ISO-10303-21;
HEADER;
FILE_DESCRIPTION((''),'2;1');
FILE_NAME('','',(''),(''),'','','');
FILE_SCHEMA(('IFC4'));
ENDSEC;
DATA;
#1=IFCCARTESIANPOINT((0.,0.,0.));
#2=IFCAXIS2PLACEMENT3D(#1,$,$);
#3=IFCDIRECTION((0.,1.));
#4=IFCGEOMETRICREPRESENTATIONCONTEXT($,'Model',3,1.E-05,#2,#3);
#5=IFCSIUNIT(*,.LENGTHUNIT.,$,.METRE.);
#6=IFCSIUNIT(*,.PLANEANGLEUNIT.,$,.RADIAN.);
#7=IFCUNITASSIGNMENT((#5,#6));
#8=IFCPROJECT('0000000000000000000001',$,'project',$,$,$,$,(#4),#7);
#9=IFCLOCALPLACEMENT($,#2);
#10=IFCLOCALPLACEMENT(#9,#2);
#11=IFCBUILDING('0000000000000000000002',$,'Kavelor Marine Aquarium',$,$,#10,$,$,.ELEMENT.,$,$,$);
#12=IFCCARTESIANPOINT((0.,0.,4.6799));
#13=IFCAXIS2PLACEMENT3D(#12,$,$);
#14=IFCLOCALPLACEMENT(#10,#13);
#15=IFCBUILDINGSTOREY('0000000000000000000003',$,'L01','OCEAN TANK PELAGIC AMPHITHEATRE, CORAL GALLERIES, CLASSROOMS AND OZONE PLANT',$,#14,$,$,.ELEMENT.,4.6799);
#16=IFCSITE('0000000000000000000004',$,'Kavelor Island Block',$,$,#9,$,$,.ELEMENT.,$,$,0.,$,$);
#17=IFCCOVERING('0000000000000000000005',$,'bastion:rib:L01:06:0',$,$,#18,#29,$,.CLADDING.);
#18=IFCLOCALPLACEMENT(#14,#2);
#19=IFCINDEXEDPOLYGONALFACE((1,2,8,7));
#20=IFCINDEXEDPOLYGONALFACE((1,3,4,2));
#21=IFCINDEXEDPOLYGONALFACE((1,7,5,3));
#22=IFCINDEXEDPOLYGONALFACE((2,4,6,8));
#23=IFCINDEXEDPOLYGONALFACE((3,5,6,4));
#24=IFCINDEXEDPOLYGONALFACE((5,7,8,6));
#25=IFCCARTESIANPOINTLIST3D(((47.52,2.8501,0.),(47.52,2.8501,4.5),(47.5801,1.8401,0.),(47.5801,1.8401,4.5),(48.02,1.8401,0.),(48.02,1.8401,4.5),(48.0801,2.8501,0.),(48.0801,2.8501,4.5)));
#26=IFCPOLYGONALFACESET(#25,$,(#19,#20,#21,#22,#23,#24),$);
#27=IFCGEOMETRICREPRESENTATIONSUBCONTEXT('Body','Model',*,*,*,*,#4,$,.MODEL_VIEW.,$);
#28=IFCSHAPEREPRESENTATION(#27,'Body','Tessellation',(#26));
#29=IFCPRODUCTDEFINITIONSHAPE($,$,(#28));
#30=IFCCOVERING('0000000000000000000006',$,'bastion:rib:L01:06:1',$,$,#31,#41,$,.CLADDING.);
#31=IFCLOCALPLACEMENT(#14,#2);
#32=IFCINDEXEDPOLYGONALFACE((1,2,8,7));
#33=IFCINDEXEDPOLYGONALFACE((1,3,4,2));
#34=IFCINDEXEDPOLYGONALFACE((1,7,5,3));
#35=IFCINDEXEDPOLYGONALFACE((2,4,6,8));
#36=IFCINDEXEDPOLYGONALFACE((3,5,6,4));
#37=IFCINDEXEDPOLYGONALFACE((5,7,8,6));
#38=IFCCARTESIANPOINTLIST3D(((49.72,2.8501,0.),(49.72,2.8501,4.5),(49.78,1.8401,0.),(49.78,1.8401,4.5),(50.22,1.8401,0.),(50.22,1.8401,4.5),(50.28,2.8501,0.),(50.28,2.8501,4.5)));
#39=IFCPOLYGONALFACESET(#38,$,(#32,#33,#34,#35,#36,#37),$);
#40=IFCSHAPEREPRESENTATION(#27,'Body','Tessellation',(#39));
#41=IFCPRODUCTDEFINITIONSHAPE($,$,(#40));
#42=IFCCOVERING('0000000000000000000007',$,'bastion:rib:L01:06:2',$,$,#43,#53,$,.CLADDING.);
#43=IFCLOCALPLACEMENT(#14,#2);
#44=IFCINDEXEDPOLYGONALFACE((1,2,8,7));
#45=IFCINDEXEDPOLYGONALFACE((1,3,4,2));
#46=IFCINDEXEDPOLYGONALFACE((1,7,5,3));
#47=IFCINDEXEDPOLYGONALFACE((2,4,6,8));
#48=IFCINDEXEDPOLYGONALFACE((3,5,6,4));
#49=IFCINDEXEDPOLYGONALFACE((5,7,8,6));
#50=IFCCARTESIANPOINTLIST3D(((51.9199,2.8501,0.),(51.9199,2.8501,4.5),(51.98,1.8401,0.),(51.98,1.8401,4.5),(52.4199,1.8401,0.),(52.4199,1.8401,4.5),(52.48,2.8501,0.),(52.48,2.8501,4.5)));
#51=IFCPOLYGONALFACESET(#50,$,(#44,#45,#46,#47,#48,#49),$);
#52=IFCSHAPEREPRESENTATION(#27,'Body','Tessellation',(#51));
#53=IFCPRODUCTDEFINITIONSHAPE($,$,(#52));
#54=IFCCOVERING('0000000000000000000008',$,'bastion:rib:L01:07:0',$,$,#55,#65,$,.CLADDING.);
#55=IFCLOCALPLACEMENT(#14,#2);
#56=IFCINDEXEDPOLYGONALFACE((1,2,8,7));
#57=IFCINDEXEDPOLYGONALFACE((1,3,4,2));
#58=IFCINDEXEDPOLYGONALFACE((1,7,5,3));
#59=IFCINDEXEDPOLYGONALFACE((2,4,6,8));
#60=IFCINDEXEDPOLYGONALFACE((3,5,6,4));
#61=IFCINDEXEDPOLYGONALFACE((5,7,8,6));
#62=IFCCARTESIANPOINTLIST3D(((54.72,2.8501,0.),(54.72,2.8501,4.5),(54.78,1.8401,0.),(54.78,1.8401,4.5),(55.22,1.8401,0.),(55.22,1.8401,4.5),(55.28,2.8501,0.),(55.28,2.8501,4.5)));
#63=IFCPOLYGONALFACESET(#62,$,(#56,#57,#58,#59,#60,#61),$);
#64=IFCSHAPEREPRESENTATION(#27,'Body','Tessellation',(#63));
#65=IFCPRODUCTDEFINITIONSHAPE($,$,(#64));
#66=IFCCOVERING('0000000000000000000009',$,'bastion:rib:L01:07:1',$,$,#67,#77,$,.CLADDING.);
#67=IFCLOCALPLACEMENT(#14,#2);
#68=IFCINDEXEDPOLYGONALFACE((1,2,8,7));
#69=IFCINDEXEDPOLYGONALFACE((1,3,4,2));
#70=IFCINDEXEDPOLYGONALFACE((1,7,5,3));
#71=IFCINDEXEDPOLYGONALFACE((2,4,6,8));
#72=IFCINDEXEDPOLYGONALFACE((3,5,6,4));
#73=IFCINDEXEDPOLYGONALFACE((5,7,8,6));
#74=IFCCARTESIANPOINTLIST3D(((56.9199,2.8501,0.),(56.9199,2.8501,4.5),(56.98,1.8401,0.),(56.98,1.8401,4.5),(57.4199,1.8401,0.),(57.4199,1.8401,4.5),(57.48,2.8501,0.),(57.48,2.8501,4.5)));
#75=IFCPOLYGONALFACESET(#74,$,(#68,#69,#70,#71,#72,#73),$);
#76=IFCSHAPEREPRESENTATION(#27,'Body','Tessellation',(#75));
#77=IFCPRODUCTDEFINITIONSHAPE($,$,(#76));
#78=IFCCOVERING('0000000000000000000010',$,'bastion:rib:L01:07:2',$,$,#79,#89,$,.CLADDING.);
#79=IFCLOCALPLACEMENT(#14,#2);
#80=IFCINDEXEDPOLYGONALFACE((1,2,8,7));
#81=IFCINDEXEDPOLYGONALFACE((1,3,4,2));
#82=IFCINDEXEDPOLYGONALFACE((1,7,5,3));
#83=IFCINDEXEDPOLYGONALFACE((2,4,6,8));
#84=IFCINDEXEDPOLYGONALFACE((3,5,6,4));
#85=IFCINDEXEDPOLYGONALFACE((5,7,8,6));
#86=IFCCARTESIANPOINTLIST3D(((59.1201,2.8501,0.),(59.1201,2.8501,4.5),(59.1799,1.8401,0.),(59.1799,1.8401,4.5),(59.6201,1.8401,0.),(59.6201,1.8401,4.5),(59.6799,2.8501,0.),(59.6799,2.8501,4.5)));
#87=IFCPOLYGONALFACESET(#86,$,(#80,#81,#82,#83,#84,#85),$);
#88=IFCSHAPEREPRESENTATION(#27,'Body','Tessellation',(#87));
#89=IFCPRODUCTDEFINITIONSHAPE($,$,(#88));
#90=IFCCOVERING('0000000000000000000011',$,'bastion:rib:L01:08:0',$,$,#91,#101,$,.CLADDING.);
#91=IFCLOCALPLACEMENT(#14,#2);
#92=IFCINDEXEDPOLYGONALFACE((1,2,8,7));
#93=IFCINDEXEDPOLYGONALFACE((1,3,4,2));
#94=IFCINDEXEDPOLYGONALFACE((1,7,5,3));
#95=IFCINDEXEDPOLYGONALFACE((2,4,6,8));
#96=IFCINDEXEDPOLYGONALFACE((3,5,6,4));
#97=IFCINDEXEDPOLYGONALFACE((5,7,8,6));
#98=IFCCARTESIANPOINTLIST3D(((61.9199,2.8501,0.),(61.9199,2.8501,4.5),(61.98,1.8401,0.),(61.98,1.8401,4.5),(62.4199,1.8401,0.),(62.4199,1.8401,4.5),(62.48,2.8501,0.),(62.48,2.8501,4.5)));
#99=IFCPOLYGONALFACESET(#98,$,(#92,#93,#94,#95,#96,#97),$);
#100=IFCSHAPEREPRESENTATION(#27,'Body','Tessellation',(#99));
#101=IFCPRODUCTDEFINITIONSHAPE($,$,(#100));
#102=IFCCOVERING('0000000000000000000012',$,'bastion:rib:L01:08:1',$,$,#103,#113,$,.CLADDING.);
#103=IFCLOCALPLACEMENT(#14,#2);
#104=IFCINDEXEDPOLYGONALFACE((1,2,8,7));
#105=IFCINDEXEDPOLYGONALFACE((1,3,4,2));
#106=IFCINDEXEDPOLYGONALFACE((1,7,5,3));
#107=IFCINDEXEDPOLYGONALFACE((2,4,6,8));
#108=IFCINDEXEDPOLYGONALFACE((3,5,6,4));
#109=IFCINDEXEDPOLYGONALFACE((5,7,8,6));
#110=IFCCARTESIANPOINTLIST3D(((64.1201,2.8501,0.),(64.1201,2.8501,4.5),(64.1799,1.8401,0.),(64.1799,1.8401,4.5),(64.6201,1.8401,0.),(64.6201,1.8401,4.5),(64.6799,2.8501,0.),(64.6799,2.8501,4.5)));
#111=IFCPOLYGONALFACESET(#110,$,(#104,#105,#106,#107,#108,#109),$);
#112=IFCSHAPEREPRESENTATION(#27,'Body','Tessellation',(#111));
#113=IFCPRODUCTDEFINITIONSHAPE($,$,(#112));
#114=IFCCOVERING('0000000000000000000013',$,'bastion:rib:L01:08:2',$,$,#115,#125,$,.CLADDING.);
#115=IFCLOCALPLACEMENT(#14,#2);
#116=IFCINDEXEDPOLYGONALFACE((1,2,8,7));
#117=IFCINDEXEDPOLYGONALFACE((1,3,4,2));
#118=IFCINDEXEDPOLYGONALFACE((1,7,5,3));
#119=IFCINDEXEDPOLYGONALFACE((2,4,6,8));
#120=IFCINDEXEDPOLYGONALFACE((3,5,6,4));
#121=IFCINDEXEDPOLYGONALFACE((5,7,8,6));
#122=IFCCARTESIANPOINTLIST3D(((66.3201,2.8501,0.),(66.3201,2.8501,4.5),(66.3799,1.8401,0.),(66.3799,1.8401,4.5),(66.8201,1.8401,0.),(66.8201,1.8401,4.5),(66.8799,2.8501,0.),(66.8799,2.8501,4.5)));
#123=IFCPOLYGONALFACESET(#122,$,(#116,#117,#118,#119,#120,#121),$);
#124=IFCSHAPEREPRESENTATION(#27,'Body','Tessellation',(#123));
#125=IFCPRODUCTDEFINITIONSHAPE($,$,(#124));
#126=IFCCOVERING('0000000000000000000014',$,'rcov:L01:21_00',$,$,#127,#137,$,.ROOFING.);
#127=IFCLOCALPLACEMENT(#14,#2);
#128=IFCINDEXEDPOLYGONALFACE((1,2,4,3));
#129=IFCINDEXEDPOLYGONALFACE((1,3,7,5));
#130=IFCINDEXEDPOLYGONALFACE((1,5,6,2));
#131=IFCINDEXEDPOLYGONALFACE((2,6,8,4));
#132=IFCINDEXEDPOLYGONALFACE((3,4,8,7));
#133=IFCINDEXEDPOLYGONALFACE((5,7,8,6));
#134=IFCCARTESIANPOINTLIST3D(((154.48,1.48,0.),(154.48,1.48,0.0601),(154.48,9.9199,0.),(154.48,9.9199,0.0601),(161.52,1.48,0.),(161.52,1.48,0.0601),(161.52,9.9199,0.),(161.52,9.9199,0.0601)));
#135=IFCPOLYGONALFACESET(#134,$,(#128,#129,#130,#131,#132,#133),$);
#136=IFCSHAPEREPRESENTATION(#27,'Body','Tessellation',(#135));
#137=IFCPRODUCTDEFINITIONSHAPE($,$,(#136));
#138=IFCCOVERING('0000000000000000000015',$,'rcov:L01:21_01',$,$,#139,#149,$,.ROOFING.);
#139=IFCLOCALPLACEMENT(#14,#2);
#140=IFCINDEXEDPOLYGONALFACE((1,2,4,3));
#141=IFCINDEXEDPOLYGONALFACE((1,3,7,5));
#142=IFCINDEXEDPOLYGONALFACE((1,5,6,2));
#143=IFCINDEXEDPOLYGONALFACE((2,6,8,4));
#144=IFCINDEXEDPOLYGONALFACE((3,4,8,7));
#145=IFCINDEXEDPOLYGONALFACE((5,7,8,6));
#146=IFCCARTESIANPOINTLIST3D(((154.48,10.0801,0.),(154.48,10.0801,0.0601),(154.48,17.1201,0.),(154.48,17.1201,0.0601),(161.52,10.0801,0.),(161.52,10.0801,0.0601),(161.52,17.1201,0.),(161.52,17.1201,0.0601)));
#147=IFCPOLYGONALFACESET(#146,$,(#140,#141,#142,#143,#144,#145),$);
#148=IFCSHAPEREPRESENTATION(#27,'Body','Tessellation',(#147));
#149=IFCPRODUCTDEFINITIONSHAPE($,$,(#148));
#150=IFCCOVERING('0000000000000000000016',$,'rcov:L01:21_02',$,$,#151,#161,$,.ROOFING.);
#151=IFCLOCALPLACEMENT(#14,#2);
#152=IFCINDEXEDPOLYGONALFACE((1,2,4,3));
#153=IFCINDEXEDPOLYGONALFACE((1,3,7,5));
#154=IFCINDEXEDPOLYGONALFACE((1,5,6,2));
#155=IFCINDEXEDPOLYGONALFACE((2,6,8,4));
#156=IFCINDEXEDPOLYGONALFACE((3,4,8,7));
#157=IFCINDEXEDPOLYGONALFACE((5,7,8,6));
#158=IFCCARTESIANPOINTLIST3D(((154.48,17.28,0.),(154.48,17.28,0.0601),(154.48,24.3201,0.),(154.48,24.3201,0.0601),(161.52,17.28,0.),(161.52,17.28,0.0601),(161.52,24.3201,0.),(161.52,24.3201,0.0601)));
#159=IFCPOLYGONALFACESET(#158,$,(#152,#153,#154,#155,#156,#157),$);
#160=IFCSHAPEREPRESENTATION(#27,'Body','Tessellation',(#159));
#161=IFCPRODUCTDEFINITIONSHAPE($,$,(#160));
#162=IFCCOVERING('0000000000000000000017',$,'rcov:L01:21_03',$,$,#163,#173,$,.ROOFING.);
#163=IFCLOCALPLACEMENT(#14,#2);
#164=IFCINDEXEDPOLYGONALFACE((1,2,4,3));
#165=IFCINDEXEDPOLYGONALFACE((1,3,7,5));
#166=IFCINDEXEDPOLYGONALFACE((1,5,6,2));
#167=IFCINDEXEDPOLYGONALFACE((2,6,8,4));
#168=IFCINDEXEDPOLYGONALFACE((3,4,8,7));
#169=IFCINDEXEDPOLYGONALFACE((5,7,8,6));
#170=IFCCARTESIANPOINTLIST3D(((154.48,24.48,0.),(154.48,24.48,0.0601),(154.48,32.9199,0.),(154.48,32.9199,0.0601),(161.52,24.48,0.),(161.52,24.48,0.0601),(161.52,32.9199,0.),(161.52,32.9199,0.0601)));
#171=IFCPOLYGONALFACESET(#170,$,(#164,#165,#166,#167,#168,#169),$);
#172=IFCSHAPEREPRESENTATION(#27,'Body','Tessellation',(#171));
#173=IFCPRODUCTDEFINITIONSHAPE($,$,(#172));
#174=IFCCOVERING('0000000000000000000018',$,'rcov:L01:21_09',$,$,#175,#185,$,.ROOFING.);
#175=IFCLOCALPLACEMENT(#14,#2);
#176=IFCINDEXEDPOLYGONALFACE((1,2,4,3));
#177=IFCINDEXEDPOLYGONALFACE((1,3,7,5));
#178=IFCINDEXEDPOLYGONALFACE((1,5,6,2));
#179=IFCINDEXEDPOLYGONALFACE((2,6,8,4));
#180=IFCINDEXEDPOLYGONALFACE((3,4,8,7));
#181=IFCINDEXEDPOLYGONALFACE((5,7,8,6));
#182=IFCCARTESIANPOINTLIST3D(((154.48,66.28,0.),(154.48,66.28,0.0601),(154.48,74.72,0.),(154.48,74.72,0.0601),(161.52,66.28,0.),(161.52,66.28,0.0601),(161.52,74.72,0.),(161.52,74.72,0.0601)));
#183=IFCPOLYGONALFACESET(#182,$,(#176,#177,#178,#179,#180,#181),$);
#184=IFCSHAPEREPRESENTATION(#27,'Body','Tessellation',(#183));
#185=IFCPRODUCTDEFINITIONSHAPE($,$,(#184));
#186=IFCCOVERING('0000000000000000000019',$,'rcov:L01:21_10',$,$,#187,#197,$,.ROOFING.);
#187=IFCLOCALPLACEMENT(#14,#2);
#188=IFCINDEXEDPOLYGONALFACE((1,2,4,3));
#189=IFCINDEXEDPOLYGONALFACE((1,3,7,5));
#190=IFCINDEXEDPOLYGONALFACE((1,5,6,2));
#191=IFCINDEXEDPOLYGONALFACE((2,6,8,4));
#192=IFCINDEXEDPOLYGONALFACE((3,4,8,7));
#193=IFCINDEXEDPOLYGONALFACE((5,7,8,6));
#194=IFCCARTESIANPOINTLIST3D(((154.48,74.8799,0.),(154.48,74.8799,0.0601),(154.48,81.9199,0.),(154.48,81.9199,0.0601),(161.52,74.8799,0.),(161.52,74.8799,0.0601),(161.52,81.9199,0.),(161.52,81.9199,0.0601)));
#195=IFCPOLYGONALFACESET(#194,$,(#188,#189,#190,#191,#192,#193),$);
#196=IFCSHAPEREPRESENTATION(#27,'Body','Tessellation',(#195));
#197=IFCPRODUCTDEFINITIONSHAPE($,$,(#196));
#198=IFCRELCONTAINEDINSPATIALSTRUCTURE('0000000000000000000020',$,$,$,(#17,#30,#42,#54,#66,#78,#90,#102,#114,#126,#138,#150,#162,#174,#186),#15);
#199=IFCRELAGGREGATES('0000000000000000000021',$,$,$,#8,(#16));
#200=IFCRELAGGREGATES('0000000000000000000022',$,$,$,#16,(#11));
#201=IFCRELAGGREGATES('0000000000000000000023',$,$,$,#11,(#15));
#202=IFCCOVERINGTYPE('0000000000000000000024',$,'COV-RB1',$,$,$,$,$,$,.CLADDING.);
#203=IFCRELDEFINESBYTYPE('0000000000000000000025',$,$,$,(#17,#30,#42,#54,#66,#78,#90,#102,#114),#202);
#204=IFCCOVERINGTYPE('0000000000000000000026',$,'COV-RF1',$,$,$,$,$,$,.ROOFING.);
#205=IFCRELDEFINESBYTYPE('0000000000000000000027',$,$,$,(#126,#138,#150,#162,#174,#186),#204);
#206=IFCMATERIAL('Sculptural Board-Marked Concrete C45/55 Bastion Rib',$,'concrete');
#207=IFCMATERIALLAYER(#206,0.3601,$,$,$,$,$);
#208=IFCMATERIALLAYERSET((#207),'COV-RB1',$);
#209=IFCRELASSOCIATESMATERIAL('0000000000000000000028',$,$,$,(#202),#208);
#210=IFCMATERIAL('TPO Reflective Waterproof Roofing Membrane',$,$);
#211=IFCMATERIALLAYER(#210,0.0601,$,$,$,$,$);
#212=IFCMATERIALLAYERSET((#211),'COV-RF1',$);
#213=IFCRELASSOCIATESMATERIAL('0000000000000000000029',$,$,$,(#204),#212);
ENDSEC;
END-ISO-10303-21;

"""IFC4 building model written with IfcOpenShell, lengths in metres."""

from ifc_helpers import new_model, si_unit, direction, frame, origin, place, context, subcontext, project, spatial, polyline, outline, extrude, material, layer, layer_set, type_object, element, save


model = new_model("IFC4")

# Units and contexts
model_context = context("Model", 3, precision=1e-05, world=origin(), true_north=direction((0.0, 1.0)))
body_context = subcontext(model_context, "Body", "Model", "MODEL_VIEW")
ifc_project = project(units=[si_unit("LENGTHUNIT", "METRE"), si_unit("PLANEANGLEUNIT", "RADIAN")], contexts=[model_context])

# Site, building, storey
site_placement = place(None, origin())
site = spatial("IfcSite", under=ifc_project, at=site_placement, Name="Kavelor Island Block", CompositionType="ELEMENT", RefElevation=0.0)
building_placement = place(site_placement, origin())
building = spatial("IfcBuilding", under=site, at=building_placement, Name="Kavelor Marine Aquarium", CompositionType="ELEMENT")
storey_placement = place(building_placement, frame((0.0, 0.0, 4.6799)))
storey = spatial("IfcBuildingStorey", under=building, at=storey_placement, Name="L01", Description="OCEAN TANK PELAGIC AMPHITHEATRE, CORAL GALLERIES, CLASSROOMS AND OZONE PLANT", CompositionType="ELEMENT", Elevation=4.6799)

# Coverings
ifc_material_1 = material(Name="Sculptural Board-Marked Concrete C45/55 Bastion Rib", Category="concrete")
ifc_layer_1 = layer(ifc_material_1, 0.3601)
ifc_layer_set_1 = layer_set([ifc_layer_1], Name="COV-RB1")
covering_type_1 = type_object("IfcCoveringType", Name="COV-RB1", PredefinedType="CLADDING", material=ifc_layer_set_1)
covering_1_placement = place(storey_placement, origin())
element("IfcCovering", 1, at=covering_1_placement, inside=storey, type_object=covering_type_1, Name="bastion:rib:L01:06:0", PredefinedType="CLADDING", context=body_context, shape_type="SweptSolid", body=[
    extrude(outline(polyline([(47.5801, 1.8401), (48.02, 1.8401), (48.0801, 2.8501), (47.52, 2.8501), (47.5801, 1.8401)])), origin(), (0.0, 0.0, 1.0), 4.5),
])
covering_2_placement = place(storey_placement, origin())
element("IfcCovering", 2, at=covering_2_placement, inside=storey, type_object=covering_type_1, Name="bastion:rib:L01:06:1", PredefinedType="CLADDING", context=body_context, shape_type="SweptSolid", body=[
    extrude(outline(polyline([(49.78, 1.8401), (50.22, 1.8401), (50.28, 2.8501), (49.72, 2.8501), (49.78, 1.8401)])), origin(), (0.0, 0.0, 1.0), 4.5),
])
covering_3_placement = place(storey_placement, origin())
element("IfcCovering", 3, at=covering_3_placement, inside=storey, type_object=covering_type_1, Name="bastion:rib:L01:06:2", PredefinedType="CLADDING", context=body_context, shape_type="SweptSolid", body=[
    extrude(outline(polyline([(51.98, 1.8401), (52.4199, 1.8401), (52.48, 2.8501), (51.9199, 2.8501), (51.98, 1.8401)])), origin(), (0.0, 0.0, 1.0), 4.5),
])
covering_4_placement = place(storey_placement, origin())
element("IfcCovering", 4, at=covering_4_placement, inside=storey, type_object=covering_type_1, Name="bastion:rib:L01:07:0", PredefinedType="CLADDING", context=body_context, shape_type="SweptSolid", body=[
    extrude(outline(polyline([(54.78, 1.8401), (55.22, 1.8401), (55.28, 2.8501), (54.72, 2.8501), (54.78, 1.8401)])), origin(), (0.0, 0.0, 1.0), 4.5),
])
covering_5_placement = place(storey_placement, origin())
element("IfcCovering", 5, at=covering_5_placement, inside=storey, type_object=covering_type_1, Name="bastion:rib:L01:07:1", PredefinedType="CLADDING", context=body_context, shape_type="SweptSolid", body=[
    extrude(outline(polyline([(56.98, 1.8401), (57.4199, 1.8401), (57.48, 2.8501), (56.9199, 2.8501), (56.98, 1.8401)])), origin(), (0.0, 0.0, 1.0), 4.5),
])
covering_6_placement = place(storey_placement, origin())
element("IfcCovering", 6, at=covering_6_placement, inside=storey, type_object=covering_type_1, Name="bastion:rib:L01:07:2", PredefinedType="CLADDING", context=body_context, shape_type="SweptSolid", body=[
    extrude(outline(polyline([(59.1799, 1.8401), (59.6201, 1.8401), (59.6799, 2.8501), (59.1201, 2.8501), (59.1799, 1.8401)])), origin(), (0.0, 0.0, 1.0), 4.5),
])
covering_7_placement = place(storey_placement, origin())
element("IfcCovering", 7, at=covering_7_placement, inside=storey, type_object=covering_type_1, Name="bastion:rib:L01:08:0", PredefinedType="CLADDING", context=body_context, shape_type="SweptSolid", body=[
    extrude(outline(polyline([(61.98, 1.8401), (62.4199, 1.8401), (62.48, 2.8501), (61.9199, 2.8501), (61.98, 1.8401)])), origin(), (0.0, 0.0, 1.0), 4.5),
])
covering_8_placement = place(storey_placement, origin())
element("IfcCovering", 8, at=covering_8_placement, inside=storey, type_object=covering_type_1, Name="bastion:rib:L01:08:1", PredefinedType="CLADDING", context=body_context, shape_type="SweptSolid", body=[
    extrude(outline(polyline([(64.1799, 1.8401), (64.6201, 1.8401), (64.6799, 2.8501), (64.1201, 2.8501), (64.1799, 1.8401)])), origin(), (0.0, 0.0, 1.0), 4.5),
])
covering_9_placement = place(storey_placement, origin())
element("IfcCovering", 9, at=covering_9_placement, inside=storey, type_object=covering_type_1, Name="bastion:rib:L01:08:2", PredefinedType="CLADDING", context=body_context, shape_type="SweptSolid", body=[
    extrude(outline(polyline([(66.3799, 1.8401), (66.8201, 1.8401), (66.8799, 2.8501), (66.3201, 2.8501), (66.3799, 1.8401)])), origin(), (0.0, 0.0, 1.0), 4.5),
])
ifc_material_2 = material(Name="TPO Reflective Waterproof Roofing Membrane")
ifc_layer_2 = layer(ifc_material_2, 0.0601)
ifc_layer_set_2 = layer_set([ifc_layer_2], Name="COV-RF1")
covering_type_2 = type_object("IfcCoveringType", Name="COV-RF1", PredefinedType="ROOFING", material=ifc_layer_set_2)
covering_10_placement = place(storey_placement, origin())
element("IfcCovering", 10, at=covering_10_placement, inside=storey, type_object=covering_type_2, Name="rcov:L01:21_00", PredefinedType="ROOFING", context=body_context, shape_type="SweptSolid", body=[
    extrude(outline(polyline([(154.48, 1.48), (161.52, 1.48), (161.52, 9.9199), (154.48, 9.9199), (154.48, 1.48)])), origin(), (0.0, 0.0, 1.0), 0.0601),
])
covering_11_placement = place(storey_placement, origin())
element("IfcCovering", 11, at=covering_11_placement, inside=storey, type_object=covering_type_2, Name="rcov:L01:21_01", PredefinedType="ROOFING", context=body_context, shape_type="SweptSolid", body=[
    extrude(outline(polyline([(154.48, 10.0801), (161.52, 10.0801), (161.52, 17.1201), (154.48, 17.1201), (154.48, 10.0801)])), origin(), (0.0, 0.0, 1.0), 0.0601),
])
covering_12_placement = place(storey_placement, origin())
element("IfcCovering", 12, at=covering_12_placement, inside=storey, type_object=covering_type_2, Name="rcov:L01:21_02", PredefinedType="ROOFING", context=body_context, shape_type="SweptSolid", body=[
    extrude(outline(polyline([(154.48, 17.28), (161.52, 17.28), (161.52, 24.3201), (154.48, 24.3201), (154.48, 17.28)])), origin(), (0.0, 0.0, 1.0), 0.0601),
])
covering_13_placement = place(storey_placement, origin())
element("IfcCovering", 13, at=covering_13_placement, inside=storey, type_object=covering_type_2, Name="rcov:L01:21_03", PredefinedType="ROOFING", context=body_context, shape_type="SweptSolid", body=[
    extrude(outline(polyline([(154.48, 24.48), (161.52, 24.48), (161.52, 32.9199), (154.48, 32.9199), (154.48, 24.48)])), origin(), (0.0, 0.0, 1.0), 0.0601),
])
covering_14_placement = place(storey_placement, origin())
element("IfcCovering", 14, at=covering_14_placement, inside=storey, type_object=covering_type_2, Name="rcov:L01:21_09", PredefinedType="ROOFING", context=body_context, shape_type="SweptSolid", body=[
    extrude(outline(polyline([(154.48, 66.28), (161.52, 66.28), (161.52, 74.72), (154.48, 74.72), (154.48, 66.28)])), origin(), (0.0, 0.0, 1.0), 0.0601),
])
covering_15_placement = place(storey_placement, origin())
element("IfcCovering", 15, at=covering_15_placement, inside=storey, type_object=covering_type_2, Name="rcov:L01:21_10", PredefinedType="ROOFING", context=body_context, shape_type="SweptSolid", body=[
    extrude(outline(polyline([(154.48, 74.8799), (161.52, 74.8799), (161.52, 81.9199), (154.48, 81.9199), (154.48, 74.8799)])), origin(), (0.0, 0.0, 1.0), 0.0601),
])

save(model, "model.ifc")
